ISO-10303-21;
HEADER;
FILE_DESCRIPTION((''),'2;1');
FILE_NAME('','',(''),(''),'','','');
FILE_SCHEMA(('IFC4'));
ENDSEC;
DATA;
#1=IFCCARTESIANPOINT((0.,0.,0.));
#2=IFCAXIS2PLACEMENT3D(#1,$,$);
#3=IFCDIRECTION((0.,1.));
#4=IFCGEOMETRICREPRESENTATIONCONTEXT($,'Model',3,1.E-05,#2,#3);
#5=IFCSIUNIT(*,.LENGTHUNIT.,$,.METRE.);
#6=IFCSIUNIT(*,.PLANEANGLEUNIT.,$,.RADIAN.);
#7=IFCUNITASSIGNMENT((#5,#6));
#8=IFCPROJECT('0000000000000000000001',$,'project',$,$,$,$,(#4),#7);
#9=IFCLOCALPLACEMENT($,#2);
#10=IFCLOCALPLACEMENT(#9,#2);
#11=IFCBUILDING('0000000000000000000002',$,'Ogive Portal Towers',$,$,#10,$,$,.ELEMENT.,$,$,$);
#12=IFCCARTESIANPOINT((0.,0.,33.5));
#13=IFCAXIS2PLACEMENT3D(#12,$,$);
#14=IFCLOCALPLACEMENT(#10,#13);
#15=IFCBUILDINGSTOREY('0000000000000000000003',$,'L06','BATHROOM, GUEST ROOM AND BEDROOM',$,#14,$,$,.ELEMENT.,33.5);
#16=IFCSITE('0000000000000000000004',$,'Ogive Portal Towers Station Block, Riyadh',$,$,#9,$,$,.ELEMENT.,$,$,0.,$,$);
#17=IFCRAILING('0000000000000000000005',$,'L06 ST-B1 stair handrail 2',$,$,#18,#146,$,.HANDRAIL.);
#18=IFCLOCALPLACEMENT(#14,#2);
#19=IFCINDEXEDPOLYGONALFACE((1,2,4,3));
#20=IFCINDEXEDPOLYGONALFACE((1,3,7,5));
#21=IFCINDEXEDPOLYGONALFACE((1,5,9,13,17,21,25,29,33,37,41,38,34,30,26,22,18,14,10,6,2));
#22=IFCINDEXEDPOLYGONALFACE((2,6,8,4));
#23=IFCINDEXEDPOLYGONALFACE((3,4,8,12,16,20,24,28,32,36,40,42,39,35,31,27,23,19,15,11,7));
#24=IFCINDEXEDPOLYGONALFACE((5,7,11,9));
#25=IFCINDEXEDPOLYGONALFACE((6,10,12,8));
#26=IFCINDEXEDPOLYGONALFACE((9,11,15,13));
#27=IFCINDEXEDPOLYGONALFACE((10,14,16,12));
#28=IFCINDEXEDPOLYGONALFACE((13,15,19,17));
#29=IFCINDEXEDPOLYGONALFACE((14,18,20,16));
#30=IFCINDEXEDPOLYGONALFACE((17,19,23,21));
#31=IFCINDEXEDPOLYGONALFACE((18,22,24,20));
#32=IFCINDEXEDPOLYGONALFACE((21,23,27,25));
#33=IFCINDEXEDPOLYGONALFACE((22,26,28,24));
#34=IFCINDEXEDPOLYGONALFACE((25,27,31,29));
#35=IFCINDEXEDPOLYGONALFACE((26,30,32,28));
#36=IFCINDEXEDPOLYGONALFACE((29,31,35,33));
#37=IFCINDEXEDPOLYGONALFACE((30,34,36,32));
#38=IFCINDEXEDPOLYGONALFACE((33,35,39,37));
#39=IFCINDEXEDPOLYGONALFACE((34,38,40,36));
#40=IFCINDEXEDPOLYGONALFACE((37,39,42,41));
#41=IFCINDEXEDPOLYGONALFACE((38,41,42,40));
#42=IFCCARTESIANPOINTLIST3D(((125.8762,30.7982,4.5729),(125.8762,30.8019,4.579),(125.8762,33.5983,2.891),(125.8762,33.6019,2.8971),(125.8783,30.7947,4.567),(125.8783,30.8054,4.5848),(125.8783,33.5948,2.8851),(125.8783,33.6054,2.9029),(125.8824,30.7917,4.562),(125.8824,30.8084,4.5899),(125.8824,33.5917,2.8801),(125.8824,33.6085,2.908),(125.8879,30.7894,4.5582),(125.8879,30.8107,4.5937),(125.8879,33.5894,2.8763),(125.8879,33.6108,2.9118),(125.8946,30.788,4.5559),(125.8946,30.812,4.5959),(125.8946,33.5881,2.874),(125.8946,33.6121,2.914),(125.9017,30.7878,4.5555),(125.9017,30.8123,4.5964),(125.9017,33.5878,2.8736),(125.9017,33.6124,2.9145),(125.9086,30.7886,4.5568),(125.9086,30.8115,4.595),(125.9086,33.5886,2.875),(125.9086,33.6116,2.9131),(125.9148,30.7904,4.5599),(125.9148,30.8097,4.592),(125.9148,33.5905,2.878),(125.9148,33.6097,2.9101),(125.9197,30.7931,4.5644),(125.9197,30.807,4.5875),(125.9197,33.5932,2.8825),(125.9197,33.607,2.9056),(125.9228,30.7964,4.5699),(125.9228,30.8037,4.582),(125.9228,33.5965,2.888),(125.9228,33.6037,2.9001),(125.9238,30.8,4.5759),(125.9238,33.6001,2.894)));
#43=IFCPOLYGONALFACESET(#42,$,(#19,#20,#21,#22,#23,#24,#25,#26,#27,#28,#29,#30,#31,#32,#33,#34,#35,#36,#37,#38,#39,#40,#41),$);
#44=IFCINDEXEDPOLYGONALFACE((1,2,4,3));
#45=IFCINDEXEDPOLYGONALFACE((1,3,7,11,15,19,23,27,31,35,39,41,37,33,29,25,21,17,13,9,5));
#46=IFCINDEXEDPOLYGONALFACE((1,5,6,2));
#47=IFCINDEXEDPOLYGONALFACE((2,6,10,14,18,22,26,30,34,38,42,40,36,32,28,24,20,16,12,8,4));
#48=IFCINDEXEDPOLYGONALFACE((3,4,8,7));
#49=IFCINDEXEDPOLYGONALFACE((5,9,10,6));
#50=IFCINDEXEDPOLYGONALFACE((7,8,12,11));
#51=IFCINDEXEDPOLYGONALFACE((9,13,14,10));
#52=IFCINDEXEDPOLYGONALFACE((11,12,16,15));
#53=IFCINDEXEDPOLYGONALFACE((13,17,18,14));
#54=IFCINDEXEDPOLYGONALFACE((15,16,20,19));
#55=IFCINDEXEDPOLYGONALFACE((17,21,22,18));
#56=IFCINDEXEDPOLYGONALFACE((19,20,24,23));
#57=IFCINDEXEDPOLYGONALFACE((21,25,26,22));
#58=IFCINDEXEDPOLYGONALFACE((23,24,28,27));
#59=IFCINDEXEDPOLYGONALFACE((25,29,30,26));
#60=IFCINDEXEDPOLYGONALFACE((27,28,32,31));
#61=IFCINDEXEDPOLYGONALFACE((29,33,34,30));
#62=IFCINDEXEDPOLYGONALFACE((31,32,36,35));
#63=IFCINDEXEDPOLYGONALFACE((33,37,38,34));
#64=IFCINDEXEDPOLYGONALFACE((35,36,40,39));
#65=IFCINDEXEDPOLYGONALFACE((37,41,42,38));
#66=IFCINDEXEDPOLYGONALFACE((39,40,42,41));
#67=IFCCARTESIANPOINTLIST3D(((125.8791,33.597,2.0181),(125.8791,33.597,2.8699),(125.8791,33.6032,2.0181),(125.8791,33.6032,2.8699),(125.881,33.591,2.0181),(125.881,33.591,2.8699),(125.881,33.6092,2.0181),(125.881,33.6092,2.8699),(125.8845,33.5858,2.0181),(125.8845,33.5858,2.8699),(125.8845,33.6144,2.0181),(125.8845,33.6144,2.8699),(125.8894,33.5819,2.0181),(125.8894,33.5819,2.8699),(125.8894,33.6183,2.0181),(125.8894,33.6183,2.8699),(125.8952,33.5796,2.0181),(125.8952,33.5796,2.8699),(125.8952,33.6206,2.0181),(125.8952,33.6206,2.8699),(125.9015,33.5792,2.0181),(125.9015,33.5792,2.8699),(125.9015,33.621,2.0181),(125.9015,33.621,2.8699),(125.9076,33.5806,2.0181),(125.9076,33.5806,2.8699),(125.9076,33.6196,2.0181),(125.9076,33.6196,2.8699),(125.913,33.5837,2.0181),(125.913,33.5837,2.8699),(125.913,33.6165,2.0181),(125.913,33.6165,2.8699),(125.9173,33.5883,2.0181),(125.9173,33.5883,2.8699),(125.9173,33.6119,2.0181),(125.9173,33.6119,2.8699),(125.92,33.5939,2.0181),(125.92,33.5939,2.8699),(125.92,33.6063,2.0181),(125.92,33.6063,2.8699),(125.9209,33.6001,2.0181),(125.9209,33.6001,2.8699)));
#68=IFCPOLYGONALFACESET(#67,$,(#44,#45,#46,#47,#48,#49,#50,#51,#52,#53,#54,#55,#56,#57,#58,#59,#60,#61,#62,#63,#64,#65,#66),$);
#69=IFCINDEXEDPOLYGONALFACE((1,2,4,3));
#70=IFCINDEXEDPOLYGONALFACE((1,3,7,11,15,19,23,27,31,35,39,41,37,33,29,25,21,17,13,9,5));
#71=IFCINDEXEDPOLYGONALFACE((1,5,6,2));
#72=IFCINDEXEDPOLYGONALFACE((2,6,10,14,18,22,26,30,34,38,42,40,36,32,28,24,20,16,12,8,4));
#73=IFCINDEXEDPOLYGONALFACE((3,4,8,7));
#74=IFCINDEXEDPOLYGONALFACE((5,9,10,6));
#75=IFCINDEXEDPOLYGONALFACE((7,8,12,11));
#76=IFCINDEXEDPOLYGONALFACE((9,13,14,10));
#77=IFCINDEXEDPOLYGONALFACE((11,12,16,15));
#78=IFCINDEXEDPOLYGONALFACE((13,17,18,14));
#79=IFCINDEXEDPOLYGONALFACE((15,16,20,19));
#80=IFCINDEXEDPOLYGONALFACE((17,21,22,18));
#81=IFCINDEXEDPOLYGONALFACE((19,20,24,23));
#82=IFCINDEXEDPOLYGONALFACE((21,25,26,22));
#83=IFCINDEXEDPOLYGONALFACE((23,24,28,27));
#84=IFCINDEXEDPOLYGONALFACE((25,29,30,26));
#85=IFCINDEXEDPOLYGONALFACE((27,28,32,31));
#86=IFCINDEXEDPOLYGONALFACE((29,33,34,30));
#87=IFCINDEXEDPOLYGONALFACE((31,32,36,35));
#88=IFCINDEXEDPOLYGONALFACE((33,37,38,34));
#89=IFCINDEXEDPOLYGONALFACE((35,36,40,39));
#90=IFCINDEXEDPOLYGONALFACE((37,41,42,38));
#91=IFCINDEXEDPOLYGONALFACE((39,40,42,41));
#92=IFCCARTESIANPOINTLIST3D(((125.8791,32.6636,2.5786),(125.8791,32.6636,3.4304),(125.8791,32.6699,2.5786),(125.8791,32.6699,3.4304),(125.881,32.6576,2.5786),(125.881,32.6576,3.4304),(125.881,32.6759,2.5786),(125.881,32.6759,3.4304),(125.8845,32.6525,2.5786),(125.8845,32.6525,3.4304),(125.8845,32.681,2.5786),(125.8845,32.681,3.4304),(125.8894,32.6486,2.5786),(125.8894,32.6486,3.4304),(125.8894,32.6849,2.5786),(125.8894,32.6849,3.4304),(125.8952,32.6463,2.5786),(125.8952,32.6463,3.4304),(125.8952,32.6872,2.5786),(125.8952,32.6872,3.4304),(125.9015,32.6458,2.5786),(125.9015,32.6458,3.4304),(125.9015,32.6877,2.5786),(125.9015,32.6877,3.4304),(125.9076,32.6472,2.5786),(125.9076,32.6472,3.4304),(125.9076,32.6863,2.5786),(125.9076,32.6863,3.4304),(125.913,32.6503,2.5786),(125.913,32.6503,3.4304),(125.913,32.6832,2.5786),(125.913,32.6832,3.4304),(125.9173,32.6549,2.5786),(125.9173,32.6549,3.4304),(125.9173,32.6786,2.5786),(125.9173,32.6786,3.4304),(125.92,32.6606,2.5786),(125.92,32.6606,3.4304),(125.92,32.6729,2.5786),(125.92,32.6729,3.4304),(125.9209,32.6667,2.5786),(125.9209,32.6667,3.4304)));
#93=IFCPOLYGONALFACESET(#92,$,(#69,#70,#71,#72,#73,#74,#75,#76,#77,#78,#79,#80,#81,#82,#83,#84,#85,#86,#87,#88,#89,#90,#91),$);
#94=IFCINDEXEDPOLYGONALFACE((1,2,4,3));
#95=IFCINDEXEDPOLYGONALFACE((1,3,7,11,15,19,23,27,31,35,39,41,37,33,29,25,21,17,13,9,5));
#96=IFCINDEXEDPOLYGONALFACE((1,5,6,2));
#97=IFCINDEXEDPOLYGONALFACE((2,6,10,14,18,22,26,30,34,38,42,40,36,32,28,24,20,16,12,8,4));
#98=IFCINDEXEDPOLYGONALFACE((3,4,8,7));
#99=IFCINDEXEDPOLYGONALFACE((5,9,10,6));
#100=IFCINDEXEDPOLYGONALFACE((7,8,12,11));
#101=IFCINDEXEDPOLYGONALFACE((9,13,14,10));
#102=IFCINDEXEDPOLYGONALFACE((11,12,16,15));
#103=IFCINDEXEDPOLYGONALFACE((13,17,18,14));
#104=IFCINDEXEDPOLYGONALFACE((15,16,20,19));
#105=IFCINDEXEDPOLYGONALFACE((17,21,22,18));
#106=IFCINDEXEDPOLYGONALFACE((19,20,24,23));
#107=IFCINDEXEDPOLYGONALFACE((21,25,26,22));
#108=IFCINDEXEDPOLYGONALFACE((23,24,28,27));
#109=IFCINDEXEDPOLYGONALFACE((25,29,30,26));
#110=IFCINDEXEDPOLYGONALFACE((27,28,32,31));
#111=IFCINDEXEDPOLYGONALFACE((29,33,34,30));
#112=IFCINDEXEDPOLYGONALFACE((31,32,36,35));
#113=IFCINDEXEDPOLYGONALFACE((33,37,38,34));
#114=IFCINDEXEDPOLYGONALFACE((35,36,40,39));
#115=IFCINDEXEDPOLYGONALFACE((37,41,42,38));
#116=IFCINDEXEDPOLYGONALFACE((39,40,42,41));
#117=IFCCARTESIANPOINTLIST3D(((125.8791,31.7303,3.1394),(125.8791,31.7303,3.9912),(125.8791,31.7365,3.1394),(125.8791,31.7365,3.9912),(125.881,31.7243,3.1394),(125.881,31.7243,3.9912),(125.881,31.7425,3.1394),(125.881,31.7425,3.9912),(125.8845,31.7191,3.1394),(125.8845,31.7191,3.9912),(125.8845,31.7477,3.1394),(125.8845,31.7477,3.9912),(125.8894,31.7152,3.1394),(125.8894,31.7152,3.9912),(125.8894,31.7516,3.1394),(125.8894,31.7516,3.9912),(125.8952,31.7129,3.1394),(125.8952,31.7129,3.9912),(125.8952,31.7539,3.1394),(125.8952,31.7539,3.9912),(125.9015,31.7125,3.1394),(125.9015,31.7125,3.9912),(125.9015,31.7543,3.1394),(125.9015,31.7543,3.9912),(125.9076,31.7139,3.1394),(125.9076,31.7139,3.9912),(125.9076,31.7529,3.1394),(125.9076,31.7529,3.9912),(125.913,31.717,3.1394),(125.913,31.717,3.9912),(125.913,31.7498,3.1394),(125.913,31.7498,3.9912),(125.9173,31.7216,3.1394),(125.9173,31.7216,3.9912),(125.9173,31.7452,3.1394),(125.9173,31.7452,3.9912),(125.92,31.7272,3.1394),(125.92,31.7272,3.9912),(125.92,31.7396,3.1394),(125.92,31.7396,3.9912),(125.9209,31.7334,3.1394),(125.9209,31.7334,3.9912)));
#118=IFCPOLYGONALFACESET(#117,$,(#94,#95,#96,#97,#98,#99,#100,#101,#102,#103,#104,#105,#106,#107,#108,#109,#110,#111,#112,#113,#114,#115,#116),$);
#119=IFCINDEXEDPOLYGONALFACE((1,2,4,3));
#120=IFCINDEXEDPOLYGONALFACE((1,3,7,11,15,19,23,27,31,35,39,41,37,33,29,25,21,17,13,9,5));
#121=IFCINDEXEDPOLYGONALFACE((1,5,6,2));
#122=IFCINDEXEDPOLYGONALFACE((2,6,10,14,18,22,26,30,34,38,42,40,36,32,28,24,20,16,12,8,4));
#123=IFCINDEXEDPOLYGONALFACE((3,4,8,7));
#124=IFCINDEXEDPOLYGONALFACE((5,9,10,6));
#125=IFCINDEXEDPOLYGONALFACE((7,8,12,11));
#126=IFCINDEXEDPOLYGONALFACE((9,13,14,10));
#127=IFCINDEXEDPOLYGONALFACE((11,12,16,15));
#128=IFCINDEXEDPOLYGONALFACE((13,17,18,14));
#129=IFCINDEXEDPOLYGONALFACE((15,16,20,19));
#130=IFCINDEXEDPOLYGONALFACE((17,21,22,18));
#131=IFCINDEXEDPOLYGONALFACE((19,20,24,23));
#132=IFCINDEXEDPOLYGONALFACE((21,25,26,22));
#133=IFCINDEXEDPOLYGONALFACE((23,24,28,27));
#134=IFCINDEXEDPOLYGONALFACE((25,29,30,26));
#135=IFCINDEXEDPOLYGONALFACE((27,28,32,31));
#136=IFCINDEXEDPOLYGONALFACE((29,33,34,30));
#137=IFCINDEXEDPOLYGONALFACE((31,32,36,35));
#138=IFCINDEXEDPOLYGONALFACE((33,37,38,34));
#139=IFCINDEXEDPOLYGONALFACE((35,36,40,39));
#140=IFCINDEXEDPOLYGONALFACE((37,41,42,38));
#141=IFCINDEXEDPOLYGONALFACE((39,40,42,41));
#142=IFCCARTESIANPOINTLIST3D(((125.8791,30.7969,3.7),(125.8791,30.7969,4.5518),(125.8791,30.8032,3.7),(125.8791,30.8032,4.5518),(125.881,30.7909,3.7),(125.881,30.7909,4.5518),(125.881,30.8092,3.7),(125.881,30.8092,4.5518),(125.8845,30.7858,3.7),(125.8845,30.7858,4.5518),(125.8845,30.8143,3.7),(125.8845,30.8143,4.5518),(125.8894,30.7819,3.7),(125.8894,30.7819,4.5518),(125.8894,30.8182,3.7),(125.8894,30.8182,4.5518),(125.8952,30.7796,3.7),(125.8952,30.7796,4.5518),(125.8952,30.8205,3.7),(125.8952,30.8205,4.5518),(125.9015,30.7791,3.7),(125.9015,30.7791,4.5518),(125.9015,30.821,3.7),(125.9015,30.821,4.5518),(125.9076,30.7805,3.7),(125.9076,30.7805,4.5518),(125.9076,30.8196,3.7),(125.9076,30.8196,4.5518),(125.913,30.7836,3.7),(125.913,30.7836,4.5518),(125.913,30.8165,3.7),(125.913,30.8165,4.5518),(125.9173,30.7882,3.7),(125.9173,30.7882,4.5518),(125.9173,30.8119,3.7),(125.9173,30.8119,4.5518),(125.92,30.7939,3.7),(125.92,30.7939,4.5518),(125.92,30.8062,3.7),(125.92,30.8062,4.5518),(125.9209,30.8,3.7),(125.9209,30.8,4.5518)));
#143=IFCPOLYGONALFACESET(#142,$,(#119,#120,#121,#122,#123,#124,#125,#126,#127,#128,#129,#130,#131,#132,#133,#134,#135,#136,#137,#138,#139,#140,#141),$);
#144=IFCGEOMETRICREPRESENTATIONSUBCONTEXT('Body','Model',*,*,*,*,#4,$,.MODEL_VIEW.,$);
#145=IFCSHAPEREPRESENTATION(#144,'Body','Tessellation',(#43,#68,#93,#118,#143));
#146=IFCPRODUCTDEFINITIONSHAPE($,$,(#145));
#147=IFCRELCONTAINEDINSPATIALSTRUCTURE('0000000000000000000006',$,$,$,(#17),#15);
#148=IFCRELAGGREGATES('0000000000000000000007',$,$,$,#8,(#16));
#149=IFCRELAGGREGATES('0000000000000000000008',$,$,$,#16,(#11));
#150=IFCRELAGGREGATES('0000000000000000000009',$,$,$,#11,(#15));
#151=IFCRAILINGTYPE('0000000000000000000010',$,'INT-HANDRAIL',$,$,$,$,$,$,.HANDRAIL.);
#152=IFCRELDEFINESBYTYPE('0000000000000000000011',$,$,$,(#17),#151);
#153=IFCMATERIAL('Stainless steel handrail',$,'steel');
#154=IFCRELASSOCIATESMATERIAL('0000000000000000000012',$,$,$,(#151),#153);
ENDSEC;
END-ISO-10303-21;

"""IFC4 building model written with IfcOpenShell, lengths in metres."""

from ifc_helpers import new_model, si_unit, direction, frame, origin, origin_2d, place, context, subcontext, project, spatial, circle, extrude, material, type_object, element, save


model = new_model("IFC4")

# Units and contexts
model_context = context("Model", 3, precision=1e-05, world=origin(), true_north=direction((0.0, 1.0)))
body_context = subcontext(model_context, "Body", "Model", "MODEL_VIEW")
ifc_project = project(units=[si_unit("LENGTHUNIT", "METRE"), si_unit("PLANEANGLEUNIT", "RADIAN")], contexts=[model_context])

# Site, building, storey
site_placement = place(None, origin())
site = spatial("IfcSite", under=ifc_project, at=site_placement, Name="Ogive Portal Towers Station Block, Riyadh", CompositionType="ELEMENT", RefElevation=0.0)
building_placement = place(site_placement, origin())
building = spatial("IfcBuilding", under=site, at=building_placement, Name="Ogive Portal Towers", CompositionType="ELEMENT")
storey_placement = place(building_placement, frame((0.0, 0.0, 33.5)))
storey = spatial("IfcBuildingStorey", under=building, at=storey_placement, Name="L06", Description="BATHROOM, GUEST ROOM AND BEDROOM", CompositionType="ELEMENT", Elevation=33.5)

# Railing
ifc_material_1 = material(Name="Stainless steel handrail", Category="steel")
railing_type_1 = type_object("IfcRailingType", Name="INT-HANDRAIL", PredefinedType="HANDRAIL", material=ifc_material_1)
railing_1_placement = place(storey_placement, frame((125.8999, 33.6001, 2.0181)))
element("IfcRailing", 1, at=railing_1_placement, inside=storey, type_object=railing_type_1, Name="L06 ST-B1 stair handrail 2", PredefinedType="HANDRAIL", context=body_context, shape_type="SweptSolid", body=[
    extrude(circle(Radius=0.0239, at=origin_2d()), frame((0.0, 0.0, 0.876), z_axis=(0.0, -0.857242, 0.514913), x_axis=(1.0, 0.0, 0.0)), (0.0, 0.0, 1.0), 3.2664),
    extrude(circle(Radius=0.021, at=origin_2d()), origin(), (0.0, 0.0, 1.0), 0.8518),
    extrude(circle(Radius=0.021, at=origin_2d()), frame((0.0, -0.9333, 0.5605)), (0.0, 0.0, 1.0), 0.8518),
    extrude(circle(Radius=0.021, at=origin_2d()), frame((0.0, -1.8667, 1.1213)), (0.0, 0.0, 1.0), 0.8518),
    extrude(circle(Radius=0.021, at=origin_2d()), frame((0.0, -2.8, 1.6819)), (0.0, 0.0, 1.0), 0.8518),
])

save(model, "model.ifc")
